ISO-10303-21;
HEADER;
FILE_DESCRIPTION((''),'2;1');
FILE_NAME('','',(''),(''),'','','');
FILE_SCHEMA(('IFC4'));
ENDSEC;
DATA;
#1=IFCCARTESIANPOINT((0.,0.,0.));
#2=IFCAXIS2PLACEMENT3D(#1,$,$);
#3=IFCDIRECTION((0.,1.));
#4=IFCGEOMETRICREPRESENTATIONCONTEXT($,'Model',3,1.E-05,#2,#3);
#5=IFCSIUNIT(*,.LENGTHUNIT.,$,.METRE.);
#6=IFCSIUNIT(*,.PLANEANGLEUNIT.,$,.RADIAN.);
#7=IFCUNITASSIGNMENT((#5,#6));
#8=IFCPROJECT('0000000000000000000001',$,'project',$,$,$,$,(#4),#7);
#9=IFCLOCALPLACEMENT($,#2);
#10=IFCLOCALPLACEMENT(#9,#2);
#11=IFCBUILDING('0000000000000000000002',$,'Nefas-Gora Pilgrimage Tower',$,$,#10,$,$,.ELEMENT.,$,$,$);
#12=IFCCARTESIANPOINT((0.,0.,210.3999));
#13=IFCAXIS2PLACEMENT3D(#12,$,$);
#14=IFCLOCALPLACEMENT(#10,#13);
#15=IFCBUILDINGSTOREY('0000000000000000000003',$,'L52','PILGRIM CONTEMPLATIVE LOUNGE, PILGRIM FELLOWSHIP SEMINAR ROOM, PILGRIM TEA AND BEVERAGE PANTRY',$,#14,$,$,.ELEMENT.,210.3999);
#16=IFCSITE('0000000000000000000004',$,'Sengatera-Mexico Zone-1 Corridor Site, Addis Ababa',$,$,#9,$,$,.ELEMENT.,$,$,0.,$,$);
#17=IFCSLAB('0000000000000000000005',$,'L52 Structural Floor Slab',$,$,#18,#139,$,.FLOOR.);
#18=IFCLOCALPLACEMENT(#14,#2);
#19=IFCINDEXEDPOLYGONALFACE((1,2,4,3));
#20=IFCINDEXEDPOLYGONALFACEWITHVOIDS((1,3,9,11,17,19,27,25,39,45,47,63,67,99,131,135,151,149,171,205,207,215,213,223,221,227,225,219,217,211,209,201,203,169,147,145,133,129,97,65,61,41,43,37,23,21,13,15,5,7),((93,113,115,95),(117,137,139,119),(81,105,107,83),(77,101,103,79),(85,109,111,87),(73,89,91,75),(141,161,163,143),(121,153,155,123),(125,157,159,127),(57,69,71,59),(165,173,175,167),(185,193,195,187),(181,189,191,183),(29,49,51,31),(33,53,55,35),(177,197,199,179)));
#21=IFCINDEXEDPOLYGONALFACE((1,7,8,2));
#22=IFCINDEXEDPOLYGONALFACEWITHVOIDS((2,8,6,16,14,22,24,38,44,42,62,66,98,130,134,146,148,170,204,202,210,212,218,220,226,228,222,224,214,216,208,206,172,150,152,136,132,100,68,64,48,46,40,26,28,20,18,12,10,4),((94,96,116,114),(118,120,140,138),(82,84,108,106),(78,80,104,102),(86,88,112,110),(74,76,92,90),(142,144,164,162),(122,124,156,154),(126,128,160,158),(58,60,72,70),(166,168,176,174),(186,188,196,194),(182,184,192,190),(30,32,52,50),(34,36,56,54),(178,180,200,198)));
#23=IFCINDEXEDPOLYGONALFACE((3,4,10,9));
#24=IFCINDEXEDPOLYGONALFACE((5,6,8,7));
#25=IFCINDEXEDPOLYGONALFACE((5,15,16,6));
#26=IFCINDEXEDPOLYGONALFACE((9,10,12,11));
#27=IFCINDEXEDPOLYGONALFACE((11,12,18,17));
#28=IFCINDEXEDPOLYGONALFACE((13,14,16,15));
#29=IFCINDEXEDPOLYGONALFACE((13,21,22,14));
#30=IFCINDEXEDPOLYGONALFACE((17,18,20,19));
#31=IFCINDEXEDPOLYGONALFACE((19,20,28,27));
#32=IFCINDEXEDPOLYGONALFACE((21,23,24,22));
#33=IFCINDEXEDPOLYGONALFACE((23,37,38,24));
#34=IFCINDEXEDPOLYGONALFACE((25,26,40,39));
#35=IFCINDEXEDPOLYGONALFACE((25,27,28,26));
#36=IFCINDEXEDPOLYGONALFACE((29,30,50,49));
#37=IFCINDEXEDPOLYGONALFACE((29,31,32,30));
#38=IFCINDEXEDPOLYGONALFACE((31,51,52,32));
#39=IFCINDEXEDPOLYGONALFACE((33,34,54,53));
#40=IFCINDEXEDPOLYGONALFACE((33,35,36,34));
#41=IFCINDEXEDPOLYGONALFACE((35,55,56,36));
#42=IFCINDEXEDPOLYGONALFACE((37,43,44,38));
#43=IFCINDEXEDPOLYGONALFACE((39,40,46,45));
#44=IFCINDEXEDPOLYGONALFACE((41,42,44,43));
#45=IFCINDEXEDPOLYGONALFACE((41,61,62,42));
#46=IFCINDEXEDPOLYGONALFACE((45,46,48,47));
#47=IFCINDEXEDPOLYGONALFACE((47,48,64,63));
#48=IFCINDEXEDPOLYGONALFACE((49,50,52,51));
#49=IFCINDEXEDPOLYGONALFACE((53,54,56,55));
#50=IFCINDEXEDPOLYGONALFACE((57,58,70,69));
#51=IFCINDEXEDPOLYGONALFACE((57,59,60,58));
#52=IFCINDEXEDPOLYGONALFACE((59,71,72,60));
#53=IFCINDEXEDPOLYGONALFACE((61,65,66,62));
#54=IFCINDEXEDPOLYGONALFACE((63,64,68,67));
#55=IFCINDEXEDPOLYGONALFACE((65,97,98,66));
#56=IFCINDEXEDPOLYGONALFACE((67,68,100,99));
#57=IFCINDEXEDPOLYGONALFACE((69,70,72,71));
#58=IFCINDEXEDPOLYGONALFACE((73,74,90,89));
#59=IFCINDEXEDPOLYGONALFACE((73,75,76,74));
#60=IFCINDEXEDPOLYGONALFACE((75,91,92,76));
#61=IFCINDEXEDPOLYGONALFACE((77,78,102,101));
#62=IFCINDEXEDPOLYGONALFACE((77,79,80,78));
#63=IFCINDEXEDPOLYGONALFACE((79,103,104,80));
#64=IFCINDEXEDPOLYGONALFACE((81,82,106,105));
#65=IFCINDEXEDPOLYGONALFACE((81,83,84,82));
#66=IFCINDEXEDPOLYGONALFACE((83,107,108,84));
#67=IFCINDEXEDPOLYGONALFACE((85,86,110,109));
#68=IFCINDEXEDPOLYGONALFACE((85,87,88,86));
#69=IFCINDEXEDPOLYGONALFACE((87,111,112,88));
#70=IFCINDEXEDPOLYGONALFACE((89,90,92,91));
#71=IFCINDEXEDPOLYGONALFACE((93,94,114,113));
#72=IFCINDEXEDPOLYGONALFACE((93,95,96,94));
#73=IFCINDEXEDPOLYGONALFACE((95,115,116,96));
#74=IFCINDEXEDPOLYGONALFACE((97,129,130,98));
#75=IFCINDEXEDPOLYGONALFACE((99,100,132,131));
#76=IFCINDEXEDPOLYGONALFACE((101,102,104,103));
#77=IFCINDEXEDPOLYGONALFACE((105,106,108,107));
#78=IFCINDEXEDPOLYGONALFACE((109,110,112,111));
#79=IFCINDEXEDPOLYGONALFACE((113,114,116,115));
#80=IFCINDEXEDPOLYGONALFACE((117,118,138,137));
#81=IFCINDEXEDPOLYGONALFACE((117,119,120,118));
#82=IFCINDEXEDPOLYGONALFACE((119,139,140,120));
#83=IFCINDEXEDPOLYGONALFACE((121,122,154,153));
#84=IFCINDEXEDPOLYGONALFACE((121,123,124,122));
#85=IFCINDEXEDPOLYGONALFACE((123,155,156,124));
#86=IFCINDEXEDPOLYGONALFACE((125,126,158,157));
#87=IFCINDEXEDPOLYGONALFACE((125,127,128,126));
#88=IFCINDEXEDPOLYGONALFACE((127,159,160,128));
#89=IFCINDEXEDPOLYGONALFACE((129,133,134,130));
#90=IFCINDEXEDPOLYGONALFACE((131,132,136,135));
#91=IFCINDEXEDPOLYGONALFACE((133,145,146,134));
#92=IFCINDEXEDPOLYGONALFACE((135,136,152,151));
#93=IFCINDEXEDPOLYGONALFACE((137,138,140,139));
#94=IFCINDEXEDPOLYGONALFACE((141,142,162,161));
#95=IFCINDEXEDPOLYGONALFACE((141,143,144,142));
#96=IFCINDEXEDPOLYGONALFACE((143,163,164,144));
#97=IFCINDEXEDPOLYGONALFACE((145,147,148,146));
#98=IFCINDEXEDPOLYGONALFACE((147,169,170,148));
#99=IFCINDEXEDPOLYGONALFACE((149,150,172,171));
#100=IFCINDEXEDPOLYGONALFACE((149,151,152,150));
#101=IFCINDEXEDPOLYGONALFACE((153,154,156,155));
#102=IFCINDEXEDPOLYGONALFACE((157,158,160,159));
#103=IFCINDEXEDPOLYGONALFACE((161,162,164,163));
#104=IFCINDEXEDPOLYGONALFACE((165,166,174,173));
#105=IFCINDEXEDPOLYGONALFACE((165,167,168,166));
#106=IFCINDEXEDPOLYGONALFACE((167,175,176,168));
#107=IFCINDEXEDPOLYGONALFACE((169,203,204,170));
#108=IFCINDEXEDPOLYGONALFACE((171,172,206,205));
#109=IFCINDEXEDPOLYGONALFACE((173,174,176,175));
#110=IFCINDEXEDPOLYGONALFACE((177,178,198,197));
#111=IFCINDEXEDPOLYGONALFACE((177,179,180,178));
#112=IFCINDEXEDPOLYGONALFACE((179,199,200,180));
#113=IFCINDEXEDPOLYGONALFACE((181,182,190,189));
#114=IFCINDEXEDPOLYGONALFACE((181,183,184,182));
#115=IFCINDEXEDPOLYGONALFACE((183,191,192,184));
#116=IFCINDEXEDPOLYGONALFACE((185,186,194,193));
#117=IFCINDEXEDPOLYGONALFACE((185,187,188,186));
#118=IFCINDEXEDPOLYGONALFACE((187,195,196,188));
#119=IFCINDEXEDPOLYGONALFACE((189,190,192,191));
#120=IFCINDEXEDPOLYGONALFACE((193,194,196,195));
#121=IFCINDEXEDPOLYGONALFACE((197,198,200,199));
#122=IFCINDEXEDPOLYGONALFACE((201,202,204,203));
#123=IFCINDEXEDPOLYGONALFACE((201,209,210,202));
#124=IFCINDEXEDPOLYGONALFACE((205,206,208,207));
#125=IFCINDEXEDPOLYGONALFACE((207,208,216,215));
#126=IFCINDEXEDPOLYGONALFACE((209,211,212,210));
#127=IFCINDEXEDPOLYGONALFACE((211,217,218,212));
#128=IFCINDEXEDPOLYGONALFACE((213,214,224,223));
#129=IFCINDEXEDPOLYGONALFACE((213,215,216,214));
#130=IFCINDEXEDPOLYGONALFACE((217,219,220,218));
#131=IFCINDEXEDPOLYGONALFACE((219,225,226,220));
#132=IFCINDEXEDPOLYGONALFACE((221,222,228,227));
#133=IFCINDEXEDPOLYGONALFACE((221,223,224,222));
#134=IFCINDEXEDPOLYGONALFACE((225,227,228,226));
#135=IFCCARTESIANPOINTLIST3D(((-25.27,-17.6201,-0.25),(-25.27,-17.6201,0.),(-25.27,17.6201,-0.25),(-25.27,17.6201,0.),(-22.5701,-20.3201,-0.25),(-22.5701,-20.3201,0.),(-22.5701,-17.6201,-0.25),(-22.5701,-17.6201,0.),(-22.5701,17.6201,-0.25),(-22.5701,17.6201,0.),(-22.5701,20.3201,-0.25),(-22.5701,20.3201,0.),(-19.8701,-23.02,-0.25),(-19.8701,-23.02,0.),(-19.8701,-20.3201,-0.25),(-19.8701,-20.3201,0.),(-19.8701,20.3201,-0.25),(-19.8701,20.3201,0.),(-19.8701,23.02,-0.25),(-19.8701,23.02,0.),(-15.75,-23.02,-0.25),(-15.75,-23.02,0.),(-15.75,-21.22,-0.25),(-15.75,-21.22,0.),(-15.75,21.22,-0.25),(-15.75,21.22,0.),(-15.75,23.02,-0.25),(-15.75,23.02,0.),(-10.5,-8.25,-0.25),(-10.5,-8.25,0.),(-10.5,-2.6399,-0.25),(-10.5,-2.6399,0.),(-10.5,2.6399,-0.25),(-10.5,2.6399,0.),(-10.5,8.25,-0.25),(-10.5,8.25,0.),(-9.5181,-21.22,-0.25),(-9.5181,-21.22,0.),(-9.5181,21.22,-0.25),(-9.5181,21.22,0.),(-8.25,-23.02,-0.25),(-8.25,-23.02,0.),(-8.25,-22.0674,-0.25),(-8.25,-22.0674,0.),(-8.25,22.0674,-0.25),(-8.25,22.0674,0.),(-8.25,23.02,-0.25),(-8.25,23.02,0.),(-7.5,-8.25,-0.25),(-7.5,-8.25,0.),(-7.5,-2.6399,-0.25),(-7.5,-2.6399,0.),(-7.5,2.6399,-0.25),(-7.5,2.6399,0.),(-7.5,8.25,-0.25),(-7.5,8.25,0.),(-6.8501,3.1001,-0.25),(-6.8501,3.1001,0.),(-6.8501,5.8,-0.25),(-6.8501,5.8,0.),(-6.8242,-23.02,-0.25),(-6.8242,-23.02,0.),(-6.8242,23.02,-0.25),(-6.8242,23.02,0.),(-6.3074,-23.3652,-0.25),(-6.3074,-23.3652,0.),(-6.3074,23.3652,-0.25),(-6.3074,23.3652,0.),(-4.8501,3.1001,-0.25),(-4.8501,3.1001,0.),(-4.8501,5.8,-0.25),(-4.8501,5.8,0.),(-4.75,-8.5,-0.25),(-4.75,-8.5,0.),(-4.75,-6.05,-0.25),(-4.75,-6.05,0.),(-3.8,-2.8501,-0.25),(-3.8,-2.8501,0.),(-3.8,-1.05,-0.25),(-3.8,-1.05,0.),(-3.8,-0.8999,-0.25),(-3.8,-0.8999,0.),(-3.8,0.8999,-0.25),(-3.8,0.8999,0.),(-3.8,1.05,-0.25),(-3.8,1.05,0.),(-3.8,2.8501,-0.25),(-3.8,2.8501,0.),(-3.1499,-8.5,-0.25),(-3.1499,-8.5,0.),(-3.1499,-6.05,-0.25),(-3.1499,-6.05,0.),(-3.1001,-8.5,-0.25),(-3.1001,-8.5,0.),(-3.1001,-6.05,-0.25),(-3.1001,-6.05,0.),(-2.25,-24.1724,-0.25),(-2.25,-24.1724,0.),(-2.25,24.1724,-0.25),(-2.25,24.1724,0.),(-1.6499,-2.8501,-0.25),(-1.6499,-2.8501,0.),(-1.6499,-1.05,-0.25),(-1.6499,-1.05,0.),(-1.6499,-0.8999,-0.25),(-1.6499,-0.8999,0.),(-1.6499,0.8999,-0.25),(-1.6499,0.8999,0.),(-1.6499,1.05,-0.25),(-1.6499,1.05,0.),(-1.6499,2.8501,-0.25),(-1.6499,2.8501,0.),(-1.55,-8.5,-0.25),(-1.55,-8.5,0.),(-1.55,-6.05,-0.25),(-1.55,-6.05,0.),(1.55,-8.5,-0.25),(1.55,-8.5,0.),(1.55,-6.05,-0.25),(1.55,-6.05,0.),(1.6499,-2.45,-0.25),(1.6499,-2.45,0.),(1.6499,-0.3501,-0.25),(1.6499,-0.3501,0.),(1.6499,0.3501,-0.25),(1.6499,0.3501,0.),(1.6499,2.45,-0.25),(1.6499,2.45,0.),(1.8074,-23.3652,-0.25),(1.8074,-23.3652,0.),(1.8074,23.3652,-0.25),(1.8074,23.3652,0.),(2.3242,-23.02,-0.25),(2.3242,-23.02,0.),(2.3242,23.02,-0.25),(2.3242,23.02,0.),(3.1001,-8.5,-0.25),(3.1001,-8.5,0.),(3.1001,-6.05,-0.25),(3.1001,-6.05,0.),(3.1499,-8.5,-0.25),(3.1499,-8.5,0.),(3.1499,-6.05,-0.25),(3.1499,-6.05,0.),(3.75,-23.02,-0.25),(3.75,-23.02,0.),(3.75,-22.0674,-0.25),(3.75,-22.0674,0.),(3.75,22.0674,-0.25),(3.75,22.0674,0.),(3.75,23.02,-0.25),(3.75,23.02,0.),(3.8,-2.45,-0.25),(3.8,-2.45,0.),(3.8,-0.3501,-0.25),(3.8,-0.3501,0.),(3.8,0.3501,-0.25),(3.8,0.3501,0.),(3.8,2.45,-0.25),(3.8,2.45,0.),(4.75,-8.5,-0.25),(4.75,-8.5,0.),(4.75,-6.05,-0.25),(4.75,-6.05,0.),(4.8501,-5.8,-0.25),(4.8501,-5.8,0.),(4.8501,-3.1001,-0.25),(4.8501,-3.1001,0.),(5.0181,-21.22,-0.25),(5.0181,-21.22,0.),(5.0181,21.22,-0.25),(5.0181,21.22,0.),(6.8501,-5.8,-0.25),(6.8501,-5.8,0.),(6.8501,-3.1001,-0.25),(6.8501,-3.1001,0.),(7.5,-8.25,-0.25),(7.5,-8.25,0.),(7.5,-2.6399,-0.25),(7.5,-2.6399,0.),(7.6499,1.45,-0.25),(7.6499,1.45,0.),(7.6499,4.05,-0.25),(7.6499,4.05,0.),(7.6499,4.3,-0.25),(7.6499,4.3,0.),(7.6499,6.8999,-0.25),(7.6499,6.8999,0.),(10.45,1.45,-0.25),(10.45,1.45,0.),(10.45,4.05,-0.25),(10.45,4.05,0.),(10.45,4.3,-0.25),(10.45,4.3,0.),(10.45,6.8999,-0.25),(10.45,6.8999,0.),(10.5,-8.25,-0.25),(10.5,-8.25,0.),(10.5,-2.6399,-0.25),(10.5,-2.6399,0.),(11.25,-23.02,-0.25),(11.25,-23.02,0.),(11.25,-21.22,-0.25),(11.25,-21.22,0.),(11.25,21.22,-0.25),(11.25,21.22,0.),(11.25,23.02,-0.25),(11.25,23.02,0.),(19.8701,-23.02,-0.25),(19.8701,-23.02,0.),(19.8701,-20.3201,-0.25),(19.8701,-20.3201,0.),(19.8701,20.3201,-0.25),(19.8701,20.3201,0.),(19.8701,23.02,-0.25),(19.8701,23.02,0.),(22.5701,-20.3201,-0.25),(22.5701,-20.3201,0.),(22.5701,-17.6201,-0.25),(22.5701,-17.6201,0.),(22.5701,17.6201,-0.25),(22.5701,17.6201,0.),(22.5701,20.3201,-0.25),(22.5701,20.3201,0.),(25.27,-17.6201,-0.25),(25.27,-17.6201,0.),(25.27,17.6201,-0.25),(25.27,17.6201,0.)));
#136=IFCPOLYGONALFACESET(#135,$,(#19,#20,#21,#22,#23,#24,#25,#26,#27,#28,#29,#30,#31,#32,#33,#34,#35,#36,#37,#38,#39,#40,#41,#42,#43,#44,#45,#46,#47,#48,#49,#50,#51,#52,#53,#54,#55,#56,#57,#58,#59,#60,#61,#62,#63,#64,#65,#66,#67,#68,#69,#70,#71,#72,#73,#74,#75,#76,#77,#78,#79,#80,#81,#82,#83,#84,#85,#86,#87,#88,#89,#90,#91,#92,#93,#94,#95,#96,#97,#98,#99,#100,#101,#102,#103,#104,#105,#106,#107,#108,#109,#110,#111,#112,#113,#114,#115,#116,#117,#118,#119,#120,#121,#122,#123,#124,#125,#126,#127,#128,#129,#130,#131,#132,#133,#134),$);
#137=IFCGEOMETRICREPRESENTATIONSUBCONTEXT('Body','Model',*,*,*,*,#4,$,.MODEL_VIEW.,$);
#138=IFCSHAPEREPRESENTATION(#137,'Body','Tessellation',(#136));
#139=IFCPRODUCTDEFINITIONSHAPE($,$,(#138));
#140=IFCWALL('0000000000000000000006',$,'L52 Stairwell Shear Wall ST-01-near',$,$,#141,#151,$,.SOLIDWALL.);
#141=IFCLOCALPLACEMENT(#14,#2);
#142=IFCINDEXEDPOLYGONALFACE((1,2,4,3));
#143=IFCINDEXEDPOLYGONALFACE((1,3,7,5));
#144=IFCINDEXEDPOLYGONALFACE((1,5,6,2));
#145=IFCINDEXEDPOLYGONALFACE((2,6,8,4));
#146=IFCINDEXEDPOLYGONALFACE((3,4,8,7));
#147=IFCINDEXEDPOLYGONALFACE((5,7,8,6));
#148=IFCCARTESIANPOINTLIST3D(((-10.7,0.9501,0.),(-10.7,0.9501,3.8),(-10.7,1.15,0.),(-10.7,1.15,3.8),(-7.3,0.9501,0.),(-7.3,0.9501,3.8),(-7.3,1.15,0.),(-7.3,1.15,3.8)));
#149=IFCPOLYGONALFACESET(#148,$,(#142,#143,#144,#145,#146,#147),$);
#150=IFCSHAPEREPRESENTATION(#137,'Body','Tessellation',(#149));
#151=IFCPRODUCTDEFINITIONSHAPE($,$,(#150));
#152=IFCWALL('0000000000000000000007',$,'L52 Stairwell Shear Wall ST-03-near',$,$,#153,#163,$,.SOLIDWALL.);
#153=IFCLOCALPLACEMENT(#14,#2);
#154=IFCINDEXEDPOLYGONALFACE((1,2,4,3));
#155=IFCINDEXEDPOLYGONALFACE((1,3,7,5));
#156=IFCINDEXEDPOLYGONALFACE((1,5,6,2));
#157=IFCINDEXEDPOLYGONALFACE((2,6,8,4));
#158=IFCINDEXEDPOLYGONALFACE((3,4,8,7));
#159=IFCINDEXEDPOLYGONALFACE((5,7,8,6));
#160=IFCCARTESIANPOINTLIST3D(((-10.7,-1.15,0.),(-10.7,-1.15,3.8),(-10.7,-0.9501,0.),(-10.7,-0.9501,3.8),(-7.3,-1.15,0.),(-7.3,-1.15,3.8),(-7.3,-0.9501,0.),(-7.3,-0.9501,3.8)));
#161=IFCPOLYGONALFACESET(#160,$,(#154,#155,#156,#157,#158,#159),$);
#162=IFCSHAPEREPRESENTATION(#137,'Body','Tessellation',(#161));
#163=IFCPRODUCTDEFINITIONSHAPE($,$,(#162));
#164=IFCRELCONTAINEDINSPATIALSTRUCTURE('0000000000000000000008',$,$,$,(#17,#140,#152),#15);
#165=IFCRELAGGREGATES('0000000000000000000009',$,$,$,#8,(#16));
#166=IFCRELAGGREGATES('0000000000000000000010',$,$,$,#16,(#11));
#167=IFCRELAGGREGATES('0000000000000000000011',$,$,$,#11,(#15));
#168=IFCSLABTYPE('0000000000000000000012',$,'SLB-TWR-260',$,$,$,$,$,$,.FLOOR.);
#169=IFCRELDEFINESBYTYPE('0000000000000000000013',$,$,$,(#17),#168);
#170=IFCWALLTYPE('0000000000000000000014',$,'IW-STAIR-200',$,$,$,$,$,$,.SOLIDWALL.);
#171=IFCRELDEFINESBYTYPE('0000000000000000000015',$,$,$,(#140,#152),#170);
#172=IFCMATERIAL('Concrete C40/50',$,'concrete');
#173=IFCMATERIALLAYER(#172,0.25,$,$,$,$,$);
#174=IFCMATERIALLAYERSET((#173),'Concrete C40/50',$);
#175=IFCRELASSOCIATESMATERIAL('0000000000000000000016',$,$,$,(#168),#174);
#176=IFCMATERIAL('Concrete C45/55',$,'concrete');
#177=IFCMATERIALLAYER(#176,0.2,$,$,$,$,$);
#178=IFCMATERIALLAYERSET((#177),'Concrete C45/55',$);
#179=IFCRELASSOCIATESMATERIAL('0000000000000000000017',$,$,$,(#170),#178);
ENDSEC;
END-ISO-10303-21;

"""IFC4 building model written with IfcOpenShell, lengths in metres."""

from ifc_helpers import new_model, si_unit, direction, frame, frame_2d, origin, place, context, subcontext, project, spatial, polyline, rectangle, outline, extrude, source, transform, mapped, material, layer, layer_set, type_object, element, save


model = new_model("IFC4")

# Units and contexts
model_context = context("Model", 3, precision=1e-05, world=origin(), true_north=direction((0.0, 1.0)))
body_context = subcontext(model_context, "Body", "Model", "MODEL_VIEW")
ifc_project = project(units=[si_unit("LENGTHUNIT", "METRE"), si_unit("PLANEANGLEUNIT", "RADIAN")], contexts=[model_context])

# Site, building, storey
site_placement = place(None, origin())
site = spatial("IfcSite", under=ifc_project, at=site_placement, Name="Sengatera-Mexico Zone-1 Corridor Site, Addis Ababa", CompositionType="ELEMENT", RefElevation=0.0)
building_placement = place(site_placement, origin())
building = spatial("IfcBuilding", under=site, at=building_placement, Name="Nefas-Gora Pilgrimage Tower", CompositionType="ELEMENT")
storey_placement = place(building_placement, frame((0.0, 0.0, 210.3999)))
storey = spatial("IfcBuildingStorey", under=building, at=storey_placement, Name="L52", Description="PILGRIM CONTEMPLATIVE LOUNGE, PILGRIM FELLOWSHIP SEMINAR ROOM, PILGRIM TEA AND BEVERAGE PANTRY", CompositionType="ELEMENT", Elevation=210.3999)

# Slab
ifc_material_1 = material(Name="Concrete C40/50", Category="concrete")
ifc_layer_1 = layer(ifc_material_1, 0.25)
ifc_layer_set_1 = layer_set([ifc_layer_1], Name="Concrete C40/50")
slab_type = type_object("IfcSlabType", Name="SLB-TWR-260", PredefinedType="FLOOR", material=ifc_layer_set_1)
slab_placement = place(storey_placement, frame((0.0, 0.0, -0.25)))
element("IfcSlab", 1, at=slab_placement, inside=storey, type_object=slab_type, Name="L52 Structural Floor Slab", PredefinedType="FLOOR", context=body_context, shape_type="SweptSolid", body=[
    extrude(outline(polyline([(5.0181, -21.22), (11.25, -21.22), (11.25, -23.02), (19.8701, -23.02), (19.8701, -20.3201), (22.5701, -20.3201), (22.5701, -17.6201), (25.27, -17.6201), (25.27, 17.6201), (22.5701, 17.6201), (22.5701, 20.3201), (19.8701, 20.3201), (19.8701, 23.02), (11.25, 23.02), (11.25, 21.22), (5.0181, 21.22), (3.75, 22.0674), (3.75, 23.02), (2.3242, 23.02), (1.8074, 23.3652), (-2.25, 24.1724), (-6.3074, 23.3652), (-6.8242, 23.02), (-8.25, 23.02), (-8.25, 22.0674), (-9.5181, 21.22), (-15.75, 21.22), (-15.75, 23.02), (-19.8701, 23.02), (-19.8701, 20.3201), (-22.5701, 20.3201), (-22.5701, 17.6201), (-25.27, 17.6201), (-25.27, -17.6201), (-22.5701, -17.6201), (-22.5701, -20.3201), (-19.8701, -20.3201), (-19.8701, -23.02), (-15.75, -23.02), (-15.75, -21.22), (-9.5181, -21.22), (-8.25, -22.0674), (-8.25, -23.02), (-6.8242, -23.02), (-6.3074, -23.3652), (-2.25, -24.1724), (1.8074, -23.3652), (2.3242, -23.02), (3.75, -23.02), (3.75, -22.0674), (5.0181, -21.22)]), holes=[polyline([(-10.5, 2.6399), (-10.5, 8.25), (-7.5, 8.25), (-7.5, 2.6399), (-10.5, 2.6399)]), polyline([(10.5, -2.6399), (10.5, -8.25), (7.5, -8.25), (7.5, -2.6399), (10.5, -2.6399)]), polyline([(-7.5, -2.6399), (-7.5, -8.25), (-10.5, -8.25), (-10.5, -2.6399), (-7.5, -2.6399)]), polyline([(-6.8501, 5.8), (-4.8501, 5.8), (-4.8501, 3.1001), (-6.8501, 3.1001), (-6.8501, 5.8)]), polyline([(4.8501, -3.1001), (6.8501, -3.1001), (6.8501, -5.8), (4.8501, -5.8), (4.8501, -3.1001)]), polyline([(7.6499, 4.05), (10.45, 4.05), (10.45, 1.45), (7.6499, 1.45), (7.6499, 4.05)]), polyline([(7.6499, 6.8999), (10.45, 6.8999), (10.45, 4.3), (7.6499, 4.3), (7.6499, 6.8999)]), polyline([(-4.75, -6.05), (-3.1499, -6.05), (-3.1499, -8.5), (-4.75, -8.5), (-4.75, -6.05)]), polyline([(-3.1001, -6.05), (-1.55, -6.05), (-1.55, -8.5), (-3.1001, -8.5), (-3.1001, -6.05)]), polyline([(1.55, -6.05), (3.1001, -6.05), (3.1001, -8.5), (1.55, -8.5), (1.55, -6.05)]), polyline([(3.1499, -6.05), (4.75, -6.05), (4.75, -8.5), (3.1499, -8.5), (3.1499, -6.05)]), polyline([(-3.8, -1.05), (-1.6499, -1.05), (-1.6499, -2.8501), (-3.8, -2.8501), (-3.8, -1.05)]), polyline([(-3.8, 0.8999), (-1.6499, 0.8999), (-1.6499, -0.8999), (-3.8, -0.8999), (-3.8, 0.8999)]), polyline([(-3.8, 2.8501), (-1.6499, 2.8501), (-1.6499, 1.05), (-3.8, 1.05), (-3.8, 2.8501)]), polyline([(1.6499, -0.3501), (3.8, -0.3501), (3.8, -2.45), (1.6499, -2.45), (1.6499, -0.3501)]), polyline([(1.6499, 2.45), (3.8, 2.45), (3.8, 0.3501), (1.6499, 0.3501), (1.6499, 2.45)])]), origin(), (0.0, 0.0, 1.0), 0.25),
])

# Walls
ifc_material_2 = material(Name="Concrete C45/55", Category="concrete")
ifc_layer_2 = layer(ifc_material_2, 0.2)
ifc_layer_set_2 = layer_set([ifc_layer_2], Name="Concrete C45/55")
wall_type_1 = type_object("IfcWallType", Name="IW-STAIR-200", PredefinedType="SOLIDWALL", material=ifc_layer_set_2)
shared_shape_1 = source(origin(), body_context, "Body", "SweptSolid", [
    extrude(rectangle(XDim=3.3999, YDim=0.2, at=frame_2d((1.7, 0.0))), origin(), (0.0, 0.0, 1.0), 3.8),
])
for number, where, z_axis, x_axis, name in (
    (2, (-7.3, 1.05, 0.0), (0.0, 0.0, 1.0), (-1.0, 0.0, 0.0), "L52 Stairwell Shear Wall ST-01-near"),
    (3, (-10.7, -1.05, 0.0), (0.0, 0.0, 1.0), (1.0, 0.0, 0.0), "L52 Stairwell Shear Wall ST-03-near"),
):
    element("IfcWall", number, at=place(storey_placement, frame(where, z_axis=z_axis, x_axis=x_axis)), inside=storey, type_object=wall_type_1, Name=name, PredefinedType="SOLIDWALL", context=body_context, shape_type="MappedRepresentation", body=[
        mapped(shared_shape_1, transform((0.0, 0.0, 0.0), x_axis=(1.0, 0.0, 0.0), y_axis=(0.0, 1.0, 0.0), z_axis=(0.0, 0.0, 1.0), scale=1.0)),
    ])

save(model, "model.ifc")
